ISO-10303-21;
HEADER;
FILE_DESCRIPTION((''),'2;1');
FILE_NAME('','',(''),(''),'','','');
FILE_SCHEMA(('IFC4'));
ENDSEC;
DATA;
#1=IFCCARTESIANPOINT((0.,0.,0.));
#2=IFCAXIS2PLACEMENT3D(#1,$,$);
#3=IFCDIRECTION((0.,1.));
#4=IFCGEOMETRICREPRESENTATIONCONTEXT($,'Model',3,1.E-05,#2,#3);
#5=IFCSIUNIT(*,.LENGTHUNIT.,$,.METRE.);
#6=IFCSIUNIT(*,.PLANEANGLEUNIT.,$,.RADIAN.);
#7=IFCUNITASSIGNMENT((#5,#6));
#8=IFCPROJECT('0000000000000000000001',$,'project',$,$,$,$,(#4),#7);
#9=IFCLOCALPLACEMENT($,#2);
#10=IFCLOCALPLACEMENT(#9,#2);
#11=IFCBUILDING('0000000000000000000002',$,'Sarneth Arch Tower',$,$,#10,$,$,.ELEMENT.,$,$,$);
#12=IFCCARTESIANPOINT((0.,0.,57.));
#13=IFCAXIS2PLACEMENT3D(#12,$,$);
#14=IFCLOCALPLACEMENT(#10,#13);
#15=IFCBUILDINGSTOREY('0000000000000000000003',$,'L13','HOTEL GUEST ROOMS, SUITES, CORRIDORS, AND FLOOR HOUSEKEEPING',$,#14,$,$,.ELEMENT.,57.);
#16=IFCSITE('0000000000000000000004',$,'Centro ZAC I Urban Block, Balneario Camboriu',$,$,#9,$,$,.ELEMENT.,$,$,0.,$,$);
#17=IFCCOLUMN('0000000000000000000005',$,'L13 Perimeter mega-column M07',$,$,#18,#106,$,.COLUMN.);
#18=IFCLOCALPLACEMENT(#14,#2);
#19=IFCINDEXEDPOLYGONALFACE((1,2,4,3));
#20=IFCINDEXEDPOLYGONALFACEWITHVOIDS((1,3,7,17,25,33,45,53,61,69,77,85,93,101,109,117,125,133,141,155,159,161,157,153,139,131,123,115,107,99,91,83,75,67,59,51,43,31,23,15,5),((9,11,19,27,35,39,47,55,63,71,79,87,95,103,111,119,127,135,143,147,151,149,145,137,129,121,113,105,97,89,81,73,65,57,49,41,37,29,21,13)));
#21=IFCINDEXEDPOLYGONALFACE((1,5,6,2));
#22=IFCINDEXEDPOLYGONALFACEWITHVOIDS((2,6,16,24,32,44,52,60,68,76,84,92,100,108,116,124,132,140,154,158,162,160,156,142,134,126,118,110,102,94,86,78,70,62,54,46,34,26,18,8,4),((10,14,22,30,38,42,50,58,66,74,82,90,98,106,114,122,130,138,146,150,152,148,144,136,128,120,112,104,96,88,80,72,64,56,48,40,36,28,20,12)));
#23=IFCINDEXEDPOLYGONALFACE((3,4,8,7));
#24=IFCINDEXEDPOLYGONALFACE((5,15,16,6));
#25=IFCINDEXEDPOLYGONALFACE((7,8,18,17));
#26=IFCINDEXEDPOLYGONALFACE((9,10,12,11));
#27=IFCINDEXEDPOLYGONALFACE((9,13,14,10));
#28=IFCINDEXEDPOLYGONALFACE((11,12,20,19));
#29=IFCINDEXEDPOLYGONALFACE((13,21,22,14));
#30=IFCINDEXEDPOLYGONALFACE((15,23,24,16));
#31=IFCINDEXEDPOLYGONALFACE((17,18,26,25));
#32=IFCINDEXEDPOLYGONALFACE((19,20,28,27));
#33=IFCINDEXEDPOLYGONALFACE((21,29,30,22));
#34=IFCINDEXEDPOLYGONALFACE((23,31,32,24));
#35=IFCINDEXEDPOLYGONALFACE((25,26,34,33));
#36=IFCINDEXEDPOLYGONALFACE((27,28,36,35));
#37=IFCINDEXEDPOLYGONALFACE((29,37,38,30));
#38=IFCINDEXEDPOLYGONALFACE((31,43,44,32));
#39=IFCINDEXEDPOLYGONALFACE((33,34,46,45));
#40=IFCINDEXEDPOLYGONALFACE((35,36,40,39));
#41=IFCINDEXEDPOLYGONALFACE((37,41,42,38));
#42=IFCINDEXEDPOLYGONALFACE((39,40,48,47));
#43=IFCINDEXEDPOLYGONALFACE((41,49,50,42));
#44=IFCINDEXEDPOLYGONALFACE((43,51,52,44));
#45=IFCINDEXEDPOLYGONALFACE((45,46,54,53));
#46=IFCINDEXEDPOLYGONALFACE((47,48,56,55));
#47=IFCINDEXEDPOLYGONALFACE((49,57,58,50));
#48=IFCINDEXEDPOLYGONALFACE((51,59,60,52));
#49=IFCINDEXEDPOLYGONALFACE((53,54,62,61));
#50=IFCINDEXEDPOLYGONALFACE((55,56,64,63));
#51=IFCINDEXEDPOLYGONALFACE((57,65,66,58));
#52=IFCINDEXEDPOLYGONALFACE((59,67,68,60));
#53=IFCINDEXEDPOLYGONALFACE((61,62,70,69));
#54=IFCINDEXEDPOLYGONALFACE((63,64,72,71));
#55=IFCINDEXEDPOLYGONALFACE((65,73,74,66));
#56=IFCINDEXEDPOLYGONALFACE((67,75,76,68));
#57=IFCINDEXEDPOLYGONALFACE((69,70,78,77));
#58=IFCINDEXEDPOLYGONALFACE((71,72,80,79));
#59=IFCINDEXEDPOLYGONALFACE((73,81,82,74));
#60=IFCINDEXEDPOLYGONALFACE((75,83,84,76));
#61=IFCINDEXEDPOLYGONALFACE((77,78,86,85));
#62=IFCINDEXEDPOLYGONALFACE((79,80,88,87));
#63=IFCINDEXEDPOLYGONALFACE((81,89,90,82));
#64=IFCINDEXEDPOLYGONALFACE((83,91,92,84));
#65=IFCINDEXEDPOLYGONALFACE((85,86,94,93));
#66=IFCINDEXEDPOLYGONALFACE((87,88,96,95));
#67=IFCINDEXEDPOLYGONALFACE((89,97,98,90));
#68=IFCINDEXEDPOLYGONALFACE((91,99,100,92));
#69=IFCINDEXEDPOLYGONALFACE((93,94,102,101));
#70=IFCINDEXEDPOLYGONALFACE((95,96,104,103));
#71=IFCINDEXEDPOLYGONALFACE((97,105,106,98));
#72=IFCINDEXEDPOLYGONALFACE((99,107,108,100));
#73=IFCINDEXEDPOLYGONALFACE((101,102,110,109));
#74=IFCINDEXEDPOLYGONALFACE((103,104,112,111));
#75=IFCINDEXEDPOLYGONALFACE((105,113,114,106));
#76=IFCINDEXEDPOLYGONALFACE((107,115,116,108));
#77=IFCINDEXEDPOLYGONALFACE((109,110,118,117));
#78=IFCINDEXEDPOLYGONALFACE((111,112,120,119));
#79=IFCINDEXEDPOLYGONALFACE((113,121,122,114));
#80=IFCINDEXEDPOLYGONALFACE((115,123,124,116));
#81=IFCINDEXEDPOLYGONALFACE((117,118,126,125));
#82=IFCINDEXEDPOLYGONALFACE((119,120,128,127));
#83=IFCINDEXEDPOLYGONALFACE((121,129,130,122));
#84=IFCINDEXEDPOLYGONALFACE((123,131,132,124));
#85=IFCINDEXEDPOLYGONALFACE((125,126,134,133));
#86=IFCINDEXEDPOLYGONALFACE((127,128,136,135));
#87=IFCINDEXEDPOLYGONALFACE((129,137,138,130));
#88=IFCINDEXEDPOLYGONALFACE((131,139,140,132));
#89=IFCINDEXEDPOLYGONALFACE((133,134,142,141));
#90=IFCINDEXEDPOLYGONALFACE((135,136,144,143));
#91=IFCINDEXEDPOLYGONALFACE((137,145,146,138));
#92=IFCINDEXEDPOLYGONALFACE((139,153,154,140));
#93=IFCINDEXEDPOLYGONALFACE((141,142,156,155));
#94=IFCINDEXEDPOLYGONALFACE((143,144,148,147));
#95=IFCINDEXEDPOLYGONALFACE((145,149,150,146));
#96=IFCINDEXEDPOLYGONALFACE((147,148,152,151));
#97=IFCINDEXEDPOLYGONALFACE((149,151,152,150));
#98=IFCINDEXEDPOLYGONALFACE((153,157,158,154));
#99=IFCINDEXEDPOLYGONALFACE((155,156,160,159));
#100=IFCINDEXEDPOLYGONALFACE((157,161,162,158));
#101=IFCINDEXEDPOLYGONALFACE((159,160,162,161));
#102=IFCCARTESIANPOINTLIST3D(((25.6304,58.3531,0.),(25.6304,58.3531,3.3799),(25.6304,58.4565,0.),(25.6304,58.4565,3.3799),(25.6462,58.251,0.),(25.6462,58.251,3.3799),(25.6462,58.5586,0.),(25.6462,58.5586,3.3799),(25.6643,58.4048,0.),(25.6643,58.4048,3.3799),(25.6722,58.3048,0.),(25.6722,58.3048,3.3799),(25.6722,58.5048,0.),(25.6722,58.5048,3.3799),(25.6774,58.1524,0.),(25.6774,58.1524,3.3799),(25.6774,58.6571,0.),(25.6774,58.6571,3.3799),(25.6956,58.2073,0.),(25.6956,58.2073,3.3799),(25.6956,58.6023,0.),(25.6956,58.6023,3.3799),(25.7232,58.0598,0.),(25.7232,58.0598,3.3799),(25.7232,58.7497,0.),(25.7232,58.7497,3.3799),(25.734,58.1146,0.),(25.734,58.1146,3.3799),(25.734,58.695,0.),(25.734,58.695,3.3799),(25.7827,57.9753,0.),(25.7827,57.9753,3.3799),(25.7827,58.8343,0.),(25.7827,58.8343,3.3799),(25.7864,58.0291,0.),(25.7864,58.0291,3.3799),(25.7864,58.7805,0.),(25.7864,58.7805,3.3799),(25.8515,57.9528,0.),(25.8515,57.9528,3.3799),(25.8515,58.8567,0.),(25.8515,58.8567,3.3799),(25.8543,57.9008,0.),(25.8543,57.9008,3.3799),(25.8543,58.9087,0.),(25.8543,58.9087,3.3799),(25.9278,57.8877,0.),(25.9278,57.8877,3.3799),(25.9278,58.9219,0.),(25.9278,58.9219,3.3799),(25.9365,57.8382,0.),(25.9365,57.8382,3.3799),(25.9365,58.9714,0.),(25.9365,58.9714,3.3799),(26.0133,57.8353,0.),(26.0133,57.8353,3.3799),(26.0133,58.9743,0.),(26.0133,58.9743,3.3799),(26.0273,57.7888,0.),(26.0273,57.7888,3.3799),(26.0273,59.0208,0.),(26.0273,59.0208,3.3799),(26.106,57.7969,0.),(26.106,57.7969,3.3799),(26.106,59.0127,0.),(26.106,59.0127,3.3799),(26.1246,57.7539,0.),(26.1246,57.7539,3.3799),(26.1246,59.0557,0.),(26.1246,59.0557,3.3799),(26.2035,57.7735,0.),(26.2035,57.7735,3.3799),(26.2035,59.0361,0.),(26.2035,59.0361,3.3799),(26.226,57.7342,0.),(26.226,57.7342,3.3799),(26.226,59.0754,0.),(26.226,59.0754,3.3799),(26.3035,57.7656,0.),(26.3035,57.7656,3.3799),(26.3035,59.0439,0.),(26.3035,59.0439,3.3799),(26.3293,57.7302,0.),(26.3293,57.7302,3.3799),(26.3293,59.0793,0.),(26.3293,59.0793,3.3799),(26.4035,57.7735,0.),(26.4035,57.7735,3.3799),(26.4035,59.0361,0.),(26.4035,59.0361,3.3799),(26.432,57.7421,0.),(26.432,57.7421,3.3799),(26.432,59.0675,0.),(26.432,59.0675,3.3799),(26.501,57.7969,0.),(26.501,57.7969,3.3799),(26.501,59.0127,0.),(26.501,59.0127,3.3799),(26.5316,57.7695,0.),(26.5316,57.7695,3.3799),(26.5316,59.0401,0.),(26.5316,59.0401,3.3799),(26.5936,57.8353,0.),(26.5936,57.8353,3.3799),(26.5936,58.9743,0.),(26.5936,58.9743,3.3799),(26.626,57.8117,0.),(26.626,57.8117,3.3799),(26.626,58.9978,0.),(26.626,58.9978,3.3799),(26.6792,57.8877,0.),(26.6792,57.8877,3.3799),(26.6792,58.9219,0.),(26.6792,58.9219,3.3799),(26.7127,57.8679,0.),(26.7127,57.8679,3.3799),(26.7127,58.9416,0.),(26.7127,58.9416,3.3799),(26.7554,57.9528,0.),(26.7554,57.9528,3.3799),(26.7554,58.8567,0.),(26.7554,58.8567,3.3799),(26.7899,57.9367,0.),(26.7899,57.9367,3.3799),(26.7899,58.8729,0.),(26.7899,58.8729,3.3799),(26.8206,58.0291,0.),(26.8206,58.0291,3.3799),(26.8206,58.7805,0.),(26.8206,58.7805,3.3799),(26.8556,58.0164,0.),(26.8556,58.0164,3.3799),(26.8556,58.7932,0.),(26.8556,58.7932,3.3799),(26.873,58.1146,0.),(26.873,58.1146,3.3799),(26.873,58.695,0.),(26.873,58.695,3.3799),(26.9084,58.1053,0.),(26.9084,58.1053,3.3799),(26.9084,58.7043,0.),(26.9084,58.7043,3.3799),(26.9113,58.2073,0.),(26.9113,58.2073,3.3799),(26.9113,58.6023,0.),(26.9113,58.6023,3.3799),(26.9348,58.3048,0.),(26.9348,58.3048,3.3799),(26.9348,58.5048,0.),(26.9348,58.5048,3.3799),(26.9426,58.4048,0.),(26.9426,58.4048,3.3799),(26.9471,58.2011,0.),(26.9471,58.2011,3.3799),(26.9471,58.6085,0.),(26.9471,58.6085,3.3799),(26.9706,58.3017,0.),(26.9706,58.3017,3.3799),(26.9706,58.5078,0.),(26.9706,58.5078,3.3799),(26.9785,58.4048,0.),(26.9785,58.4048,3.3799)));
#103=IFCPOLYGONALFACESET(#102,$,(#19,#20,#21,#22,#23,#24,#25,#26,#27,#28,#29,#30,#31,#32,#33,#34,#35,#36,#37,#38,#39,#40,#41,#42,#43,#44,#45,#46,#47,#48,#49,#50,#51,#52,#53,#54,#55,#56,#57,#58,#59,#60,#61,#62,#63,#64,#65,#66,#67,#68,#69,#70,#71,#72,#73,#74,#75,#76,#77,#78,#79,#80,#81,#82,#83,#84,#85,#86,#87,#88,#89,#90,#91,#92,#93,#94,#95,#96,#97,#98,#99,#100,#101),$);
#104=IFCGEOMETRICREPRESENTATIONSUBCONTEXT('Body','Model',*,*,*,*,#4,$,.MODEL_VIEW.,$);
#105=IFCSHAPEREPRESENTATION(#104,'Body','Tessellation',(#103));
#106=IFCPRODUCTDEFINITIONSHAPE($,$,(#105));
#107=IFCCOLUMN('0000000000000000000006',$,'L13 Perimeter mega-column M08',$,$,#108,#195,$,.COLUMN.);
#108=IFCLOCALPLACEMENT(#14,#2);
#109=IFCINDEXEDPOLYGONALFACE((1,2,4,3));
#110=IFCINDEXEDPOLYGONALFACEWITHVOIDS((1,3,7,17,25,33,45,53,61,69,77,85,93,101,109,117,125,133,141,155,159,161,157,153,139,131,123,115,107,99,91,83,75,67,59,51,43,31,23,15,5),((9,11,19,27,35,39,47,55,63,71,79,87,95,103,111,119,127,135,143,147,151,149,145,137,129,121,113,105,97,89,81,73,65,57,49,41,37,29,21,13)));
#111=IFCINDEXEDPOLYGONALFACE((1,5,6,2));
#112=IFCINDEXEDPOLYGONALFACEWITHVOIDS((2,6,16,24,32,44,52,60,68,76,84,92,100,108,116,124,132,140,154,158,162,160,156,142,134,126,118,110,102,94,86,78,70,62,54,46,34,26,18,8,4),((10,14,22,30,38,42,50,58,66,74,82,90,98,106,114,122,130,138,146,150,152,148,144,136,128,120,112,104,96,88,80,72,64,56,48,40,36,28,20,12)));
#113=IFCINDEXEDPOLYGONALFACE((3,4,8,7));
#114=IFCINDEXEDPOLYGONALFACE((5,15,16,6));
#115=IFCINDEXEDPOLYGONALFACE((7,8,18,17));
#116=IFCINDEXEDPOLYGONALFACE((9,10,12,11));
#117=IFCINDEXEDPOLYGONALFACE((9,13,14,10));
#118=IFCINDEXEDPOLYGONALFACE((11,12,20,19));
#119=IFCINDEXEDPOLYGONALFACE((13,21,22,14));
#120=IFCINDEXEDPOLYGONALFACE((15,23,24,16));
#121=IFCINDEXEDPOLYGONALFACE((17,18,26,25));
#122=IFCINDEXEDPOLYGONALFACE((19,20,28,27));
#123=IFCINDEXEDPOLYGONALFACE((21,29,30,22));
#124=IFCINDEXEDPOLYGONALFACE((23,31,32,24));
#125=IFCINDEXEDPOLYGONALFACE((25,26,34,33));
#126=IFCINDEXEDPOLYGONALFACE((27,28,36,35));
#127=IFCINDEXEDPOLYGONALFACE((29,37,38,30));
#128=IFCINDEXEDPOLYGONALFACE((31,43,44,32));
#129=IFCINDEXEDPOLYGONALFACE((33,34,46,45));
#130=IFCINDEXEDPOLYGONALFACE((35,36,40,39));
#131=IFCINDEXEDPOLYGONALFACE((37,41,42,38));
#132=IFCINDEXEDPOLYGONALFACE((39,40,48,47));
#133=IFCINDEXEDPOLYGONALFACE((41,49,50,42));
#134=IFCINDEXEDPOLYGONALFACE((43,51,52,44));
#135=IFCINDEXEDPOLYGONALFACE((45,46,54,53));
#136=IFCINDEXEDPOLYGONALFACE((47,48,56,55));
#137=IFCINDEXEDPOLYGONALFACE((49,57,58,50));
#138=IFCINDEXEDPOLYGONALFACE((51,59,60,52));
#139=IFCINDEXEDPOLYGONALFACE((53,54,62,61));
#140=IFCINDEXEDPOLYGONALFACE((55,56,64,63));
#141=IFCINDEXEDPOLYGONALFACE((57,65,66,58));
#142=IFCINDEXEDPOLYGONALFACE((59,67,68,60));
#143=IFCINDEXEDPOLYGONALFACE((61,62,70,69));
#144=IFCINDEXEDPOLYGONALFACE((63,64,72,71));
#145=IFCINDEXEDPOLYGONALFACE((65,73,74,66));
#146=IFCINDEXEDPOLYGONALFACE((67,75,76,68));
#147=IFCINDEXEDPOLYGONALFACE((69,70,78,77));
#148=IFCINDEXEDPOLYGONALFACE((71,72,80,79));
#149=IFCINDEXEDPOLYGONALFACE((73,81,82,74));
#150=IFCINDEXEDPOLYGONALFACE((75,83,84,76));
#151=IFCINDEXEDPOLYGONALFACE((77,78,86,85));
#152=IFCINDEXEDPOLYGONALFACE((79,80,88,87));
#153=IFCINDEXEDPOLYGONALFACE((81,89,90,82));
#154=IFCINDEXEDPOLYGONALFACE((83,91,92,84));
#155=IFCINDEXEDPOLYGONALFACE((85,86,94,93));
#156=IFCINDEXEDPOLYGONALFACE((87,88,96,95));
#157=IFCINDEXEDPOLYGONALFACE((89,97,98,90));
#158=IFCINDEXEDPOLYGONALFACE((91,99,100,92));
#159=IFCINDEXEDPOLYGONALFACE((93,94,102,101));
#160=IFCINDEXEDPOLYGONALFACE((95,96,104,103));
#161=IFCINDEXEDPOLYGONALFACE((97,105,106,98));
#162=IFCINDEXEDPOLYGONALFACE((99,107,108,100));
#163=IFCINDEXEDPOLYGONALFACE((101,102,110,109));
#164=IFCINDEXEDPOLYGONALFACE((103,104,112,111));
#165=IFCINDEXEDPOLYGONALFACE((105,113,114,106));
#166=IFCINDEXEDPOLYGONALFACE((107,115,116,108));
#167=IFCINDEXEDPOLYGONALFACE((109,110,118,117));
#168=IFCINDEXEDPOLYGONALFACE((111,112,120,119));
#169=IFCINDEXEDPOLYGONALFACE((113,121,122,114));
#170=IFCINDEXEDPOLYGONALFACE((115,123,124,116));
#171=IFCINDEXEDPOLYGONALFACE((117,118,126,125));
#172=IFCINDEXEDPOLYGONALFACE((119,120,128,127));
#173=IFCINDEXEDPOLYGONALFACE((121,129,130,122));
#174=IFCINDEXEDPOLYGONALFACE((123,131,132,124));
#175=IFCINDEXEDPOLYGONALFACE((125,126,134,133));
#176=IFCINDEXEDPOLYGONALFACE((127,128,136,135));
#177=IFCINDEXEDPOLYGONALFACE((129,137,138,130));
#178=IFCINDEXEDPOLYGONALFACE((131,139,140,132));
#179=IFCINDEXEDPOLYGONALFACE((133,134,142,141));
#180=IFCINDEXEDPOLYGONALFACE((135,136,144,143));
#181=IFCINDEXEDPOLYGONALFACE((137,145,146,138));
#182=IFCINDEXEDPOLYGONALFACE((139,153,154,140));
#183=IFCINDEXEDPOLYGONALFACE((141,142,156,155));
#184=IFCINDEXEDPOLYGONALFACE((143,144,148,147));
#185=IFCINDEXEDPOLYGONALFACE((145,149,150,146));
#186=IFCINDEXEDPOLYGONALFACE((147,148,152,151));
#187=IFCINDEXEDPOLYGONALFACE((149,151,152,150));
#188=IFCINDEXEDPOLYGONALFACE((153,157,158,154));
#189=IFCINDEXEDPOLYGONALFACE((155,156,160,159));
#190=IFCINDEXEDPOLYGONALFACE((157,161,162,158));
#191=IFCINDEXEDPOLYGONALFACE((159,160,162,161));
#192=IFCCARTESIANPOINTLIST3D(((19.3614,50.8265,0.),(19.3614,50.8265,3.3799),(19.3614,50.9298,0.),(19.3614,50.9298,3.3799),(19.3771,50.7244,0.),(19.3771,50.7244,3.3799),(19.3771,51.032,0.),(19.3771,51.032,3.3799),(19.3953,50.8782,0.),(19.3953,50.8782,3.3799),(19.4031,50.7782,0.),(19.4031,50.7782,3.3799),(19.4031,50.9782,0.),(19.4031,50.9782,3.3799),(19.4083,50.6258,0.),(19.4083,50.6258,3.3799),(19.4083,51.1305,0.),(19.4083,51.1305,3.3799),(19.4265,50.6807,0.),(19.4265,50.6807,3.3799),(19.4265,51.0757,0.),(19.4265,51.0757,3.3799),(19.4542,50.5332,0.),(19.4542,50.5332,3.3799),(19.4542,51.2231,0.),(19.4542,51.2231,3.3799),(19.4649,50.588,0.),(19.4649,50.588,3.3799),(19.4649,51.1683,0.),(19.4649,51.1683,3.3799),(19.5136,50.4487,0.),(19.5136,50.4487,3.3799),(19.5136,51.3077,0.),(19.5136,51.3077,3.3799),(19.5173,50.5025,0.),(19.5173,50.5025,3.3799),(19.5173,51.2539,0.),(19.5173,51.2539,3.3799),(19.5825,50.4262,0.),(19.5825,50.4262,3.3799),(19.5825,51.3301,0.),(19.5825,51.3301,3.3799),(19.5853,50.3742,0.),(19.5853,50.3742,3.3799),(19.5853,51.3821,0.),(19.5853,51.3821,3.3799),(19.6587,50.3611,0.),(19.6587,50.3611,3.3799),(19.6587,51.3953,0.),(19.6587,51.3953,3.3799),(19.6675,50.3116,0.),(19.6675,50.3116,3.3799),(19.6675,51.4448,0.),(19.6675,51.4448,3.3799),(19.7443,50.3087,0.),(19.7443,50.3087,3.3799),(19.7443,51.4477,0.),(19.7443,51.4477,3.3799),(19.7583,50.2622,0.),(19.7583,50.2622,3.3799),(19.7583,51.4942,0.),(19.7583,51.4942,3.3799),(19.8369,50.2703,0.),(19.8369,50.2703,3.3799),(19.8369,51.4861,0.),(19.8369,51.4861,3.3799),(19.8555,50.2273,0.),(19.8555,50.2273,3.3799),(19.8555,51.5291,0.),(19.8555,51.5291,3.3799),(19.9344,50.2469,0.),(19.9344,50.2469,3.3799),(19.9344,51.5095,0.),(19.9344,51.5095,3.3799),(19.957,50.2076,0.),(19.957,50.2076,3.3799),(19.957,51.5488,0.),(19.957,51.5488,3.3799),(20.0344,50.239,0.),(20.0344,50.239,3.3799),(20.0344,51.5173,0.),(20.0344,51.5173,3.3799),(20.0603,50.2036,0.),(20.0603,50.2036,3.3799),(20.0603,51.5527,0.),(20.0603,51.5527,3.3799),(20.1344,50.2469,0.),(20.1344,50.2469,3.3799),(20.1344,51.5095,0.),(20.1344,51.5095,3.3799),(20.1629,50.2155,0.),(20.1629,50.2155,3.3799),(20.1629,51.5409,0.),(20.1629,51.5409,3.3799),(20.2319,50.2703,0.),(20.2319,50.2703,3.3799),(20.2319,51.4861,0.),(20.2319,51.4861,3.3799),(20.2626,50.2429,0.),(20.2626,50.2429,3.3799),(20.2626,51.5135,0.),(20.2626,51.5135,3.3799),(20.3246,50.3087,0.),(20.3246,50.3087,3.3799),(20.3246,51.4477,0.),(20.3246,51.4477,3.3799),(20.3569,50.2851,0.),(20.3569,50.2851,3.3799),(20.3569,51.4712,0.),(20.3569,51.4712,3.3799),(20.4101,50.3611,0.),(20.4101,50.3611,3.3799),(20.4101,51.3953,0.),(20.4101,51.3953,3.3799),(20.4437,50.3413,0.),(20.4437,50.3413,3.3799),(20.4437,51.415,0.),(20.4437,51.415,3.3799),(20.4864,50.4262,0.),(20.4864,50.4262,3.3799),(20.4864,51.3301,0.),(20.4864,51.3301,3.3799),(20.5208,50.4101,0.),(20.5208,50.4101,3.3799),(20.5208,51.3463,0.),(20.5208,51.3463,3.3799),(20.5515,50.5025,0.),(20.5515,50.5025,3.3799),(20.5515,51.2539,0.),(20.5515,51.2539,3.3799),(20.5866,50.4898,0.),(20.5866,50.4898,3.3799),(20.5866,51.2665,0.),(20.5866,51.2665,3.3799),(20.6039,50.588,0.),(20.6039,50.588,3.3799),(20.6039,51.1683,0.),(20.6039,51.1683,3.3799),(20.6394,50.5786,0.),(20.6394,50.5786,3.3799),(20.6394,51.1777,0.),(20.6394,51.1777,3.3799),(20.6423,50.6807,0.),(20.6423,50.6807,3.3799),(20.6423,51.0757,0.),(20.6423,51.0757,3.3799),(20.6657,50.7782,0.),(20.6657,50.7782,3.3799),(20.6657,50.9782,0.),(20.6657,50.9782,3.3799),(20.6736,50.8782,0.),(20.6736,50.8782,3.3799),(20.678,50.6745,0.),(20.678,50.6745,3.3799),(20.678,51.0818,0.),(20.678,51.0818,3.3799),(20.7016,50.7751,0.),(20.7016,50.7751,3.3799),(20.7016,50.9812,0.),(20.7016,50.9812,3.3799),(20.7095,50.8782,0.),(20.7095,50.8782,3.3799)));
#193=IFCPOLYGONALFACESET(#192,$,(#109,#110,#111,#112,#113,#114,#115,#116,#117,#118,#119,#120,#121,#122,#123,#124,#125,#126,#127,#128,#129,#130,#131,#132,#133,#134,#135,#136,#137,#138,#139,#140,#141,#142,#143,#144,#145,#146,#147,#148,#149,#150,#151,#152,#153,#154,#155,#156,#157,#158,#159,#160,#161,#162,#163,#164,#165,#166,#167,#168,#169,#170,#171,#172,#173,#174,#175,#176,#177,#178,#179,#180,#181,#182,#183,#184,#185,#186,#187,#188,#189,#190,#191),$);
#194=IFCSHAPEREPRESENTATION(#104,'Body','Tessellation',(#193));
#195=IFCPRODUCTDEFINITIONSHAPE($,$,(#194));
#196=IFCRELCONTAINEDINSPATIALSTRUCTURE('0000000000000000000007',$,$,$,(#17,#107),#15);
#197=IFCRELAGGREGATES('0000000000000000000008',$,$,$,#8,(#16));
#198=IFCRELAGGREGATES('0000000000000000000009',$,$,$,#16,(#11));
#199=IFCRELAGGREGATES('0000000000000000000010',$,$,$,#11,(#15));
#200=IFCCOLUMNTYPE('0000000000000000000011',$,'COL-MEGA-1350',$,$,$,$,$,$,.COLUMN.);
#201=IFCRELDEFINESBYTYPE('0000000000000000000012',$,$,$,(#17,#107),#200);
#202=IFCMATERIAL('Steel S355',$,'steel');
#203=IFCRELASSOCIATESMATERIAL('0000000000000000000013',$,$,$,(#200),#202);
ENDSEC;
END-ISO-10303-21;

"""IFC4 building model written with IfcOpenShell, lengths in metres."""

from ifc_helpers import new_model, si_unit, direction, frame, origin, origin_2d, place, context, subcontext, project, spatial, hollow_circle, extrude, material, material_profile, profile_set, type_object, element, save


model = new_model("IFC4")

# Units and contexts
model_context = context("Model", 3, precision=1e-05, world=origin(), true_north=direction((0.0, 1.0)))
body_context = subcontext(model_context, "Body", "Model", "MODEL_VIEW")
ifc_project = project(units=[si_unit("LENGTHUNIT", "METRE"), si_unit("PLANEANGLEUNIT", "RADIAN")], contexts=[model_context])

# Site, building, storey
site_placement = place(None, origin())
site = spatial("IfcSite", under=ifc_project, at=site_placement, Name="Centro ZAC I Urban Block, Balneario Camboriu", CompositionType="ELEMENT", RefElevation=0.0)
building_placement = place(site_placement, origin())
building = spatial("IfcBuilding", under=site, at=building_placement, Name="Sarneth Arch Tower", CompositionType="ELEMENT")
storey_placement = place(building_placement, frame((0.0, 0.0, 57.0)))
storey = spatial("IfcBuildingStorey", under=building, at=storey_placement, Name="L13", Description="HOTEL GUEST ROOMS, SUITES, CORRIDORS, AND FLOOR HOUSEKEEPING", CompositionType="ELEMENT", Elevation=57.0)

# Columns
ifc_material_1 = material(Name="Steel S355", Category="steel")
ifc_material_profile_1 = material_profile(ifc_material_1, hollow_circle(Radius=0.675, WallThickness=0.0359, at=origin_2d()), Name="CHS1350x36")
ifc_profile_set_1 = profile_set([ifc_material_profile_1], Name="Steel S355")
column_type = type_object("IfcColumnType", Name="COL-MEGA-1350", PredefinedType="COLUMN", material=ifc_profile_set_1)
for number, where, z_axis, x_axis, name in (
    (1, (26.3035, 58.4048, 0.0), (0.0, 0.0, 1.0), (1.0, 0.0, 0.0), "L13 Perimeter mega-column M07"),
    (2, (20.0344, 50.8782, 0.0), (0.0, 0.0, 1.0), (1.0, 0.0, 0.0), "L13 Perimeter mega-column M08"),
):
    element("IfcColumn", number, at=place(storey_placement, frame(where, z_axis=z_axis, x_axis=x_axis)), inside=storey, type_object=column_type, Name=name, PredefinedType="COLUMN", context=body_context, shape_type="SweptSolid", body=[
        extrude(hollow_circle(Radius=0.675, WallThickness=0.0359, at=origin_2d()), origin(), (0.0, 0.0, 1.0), 3.3799),
    ])

save(model, "model.ifc")
